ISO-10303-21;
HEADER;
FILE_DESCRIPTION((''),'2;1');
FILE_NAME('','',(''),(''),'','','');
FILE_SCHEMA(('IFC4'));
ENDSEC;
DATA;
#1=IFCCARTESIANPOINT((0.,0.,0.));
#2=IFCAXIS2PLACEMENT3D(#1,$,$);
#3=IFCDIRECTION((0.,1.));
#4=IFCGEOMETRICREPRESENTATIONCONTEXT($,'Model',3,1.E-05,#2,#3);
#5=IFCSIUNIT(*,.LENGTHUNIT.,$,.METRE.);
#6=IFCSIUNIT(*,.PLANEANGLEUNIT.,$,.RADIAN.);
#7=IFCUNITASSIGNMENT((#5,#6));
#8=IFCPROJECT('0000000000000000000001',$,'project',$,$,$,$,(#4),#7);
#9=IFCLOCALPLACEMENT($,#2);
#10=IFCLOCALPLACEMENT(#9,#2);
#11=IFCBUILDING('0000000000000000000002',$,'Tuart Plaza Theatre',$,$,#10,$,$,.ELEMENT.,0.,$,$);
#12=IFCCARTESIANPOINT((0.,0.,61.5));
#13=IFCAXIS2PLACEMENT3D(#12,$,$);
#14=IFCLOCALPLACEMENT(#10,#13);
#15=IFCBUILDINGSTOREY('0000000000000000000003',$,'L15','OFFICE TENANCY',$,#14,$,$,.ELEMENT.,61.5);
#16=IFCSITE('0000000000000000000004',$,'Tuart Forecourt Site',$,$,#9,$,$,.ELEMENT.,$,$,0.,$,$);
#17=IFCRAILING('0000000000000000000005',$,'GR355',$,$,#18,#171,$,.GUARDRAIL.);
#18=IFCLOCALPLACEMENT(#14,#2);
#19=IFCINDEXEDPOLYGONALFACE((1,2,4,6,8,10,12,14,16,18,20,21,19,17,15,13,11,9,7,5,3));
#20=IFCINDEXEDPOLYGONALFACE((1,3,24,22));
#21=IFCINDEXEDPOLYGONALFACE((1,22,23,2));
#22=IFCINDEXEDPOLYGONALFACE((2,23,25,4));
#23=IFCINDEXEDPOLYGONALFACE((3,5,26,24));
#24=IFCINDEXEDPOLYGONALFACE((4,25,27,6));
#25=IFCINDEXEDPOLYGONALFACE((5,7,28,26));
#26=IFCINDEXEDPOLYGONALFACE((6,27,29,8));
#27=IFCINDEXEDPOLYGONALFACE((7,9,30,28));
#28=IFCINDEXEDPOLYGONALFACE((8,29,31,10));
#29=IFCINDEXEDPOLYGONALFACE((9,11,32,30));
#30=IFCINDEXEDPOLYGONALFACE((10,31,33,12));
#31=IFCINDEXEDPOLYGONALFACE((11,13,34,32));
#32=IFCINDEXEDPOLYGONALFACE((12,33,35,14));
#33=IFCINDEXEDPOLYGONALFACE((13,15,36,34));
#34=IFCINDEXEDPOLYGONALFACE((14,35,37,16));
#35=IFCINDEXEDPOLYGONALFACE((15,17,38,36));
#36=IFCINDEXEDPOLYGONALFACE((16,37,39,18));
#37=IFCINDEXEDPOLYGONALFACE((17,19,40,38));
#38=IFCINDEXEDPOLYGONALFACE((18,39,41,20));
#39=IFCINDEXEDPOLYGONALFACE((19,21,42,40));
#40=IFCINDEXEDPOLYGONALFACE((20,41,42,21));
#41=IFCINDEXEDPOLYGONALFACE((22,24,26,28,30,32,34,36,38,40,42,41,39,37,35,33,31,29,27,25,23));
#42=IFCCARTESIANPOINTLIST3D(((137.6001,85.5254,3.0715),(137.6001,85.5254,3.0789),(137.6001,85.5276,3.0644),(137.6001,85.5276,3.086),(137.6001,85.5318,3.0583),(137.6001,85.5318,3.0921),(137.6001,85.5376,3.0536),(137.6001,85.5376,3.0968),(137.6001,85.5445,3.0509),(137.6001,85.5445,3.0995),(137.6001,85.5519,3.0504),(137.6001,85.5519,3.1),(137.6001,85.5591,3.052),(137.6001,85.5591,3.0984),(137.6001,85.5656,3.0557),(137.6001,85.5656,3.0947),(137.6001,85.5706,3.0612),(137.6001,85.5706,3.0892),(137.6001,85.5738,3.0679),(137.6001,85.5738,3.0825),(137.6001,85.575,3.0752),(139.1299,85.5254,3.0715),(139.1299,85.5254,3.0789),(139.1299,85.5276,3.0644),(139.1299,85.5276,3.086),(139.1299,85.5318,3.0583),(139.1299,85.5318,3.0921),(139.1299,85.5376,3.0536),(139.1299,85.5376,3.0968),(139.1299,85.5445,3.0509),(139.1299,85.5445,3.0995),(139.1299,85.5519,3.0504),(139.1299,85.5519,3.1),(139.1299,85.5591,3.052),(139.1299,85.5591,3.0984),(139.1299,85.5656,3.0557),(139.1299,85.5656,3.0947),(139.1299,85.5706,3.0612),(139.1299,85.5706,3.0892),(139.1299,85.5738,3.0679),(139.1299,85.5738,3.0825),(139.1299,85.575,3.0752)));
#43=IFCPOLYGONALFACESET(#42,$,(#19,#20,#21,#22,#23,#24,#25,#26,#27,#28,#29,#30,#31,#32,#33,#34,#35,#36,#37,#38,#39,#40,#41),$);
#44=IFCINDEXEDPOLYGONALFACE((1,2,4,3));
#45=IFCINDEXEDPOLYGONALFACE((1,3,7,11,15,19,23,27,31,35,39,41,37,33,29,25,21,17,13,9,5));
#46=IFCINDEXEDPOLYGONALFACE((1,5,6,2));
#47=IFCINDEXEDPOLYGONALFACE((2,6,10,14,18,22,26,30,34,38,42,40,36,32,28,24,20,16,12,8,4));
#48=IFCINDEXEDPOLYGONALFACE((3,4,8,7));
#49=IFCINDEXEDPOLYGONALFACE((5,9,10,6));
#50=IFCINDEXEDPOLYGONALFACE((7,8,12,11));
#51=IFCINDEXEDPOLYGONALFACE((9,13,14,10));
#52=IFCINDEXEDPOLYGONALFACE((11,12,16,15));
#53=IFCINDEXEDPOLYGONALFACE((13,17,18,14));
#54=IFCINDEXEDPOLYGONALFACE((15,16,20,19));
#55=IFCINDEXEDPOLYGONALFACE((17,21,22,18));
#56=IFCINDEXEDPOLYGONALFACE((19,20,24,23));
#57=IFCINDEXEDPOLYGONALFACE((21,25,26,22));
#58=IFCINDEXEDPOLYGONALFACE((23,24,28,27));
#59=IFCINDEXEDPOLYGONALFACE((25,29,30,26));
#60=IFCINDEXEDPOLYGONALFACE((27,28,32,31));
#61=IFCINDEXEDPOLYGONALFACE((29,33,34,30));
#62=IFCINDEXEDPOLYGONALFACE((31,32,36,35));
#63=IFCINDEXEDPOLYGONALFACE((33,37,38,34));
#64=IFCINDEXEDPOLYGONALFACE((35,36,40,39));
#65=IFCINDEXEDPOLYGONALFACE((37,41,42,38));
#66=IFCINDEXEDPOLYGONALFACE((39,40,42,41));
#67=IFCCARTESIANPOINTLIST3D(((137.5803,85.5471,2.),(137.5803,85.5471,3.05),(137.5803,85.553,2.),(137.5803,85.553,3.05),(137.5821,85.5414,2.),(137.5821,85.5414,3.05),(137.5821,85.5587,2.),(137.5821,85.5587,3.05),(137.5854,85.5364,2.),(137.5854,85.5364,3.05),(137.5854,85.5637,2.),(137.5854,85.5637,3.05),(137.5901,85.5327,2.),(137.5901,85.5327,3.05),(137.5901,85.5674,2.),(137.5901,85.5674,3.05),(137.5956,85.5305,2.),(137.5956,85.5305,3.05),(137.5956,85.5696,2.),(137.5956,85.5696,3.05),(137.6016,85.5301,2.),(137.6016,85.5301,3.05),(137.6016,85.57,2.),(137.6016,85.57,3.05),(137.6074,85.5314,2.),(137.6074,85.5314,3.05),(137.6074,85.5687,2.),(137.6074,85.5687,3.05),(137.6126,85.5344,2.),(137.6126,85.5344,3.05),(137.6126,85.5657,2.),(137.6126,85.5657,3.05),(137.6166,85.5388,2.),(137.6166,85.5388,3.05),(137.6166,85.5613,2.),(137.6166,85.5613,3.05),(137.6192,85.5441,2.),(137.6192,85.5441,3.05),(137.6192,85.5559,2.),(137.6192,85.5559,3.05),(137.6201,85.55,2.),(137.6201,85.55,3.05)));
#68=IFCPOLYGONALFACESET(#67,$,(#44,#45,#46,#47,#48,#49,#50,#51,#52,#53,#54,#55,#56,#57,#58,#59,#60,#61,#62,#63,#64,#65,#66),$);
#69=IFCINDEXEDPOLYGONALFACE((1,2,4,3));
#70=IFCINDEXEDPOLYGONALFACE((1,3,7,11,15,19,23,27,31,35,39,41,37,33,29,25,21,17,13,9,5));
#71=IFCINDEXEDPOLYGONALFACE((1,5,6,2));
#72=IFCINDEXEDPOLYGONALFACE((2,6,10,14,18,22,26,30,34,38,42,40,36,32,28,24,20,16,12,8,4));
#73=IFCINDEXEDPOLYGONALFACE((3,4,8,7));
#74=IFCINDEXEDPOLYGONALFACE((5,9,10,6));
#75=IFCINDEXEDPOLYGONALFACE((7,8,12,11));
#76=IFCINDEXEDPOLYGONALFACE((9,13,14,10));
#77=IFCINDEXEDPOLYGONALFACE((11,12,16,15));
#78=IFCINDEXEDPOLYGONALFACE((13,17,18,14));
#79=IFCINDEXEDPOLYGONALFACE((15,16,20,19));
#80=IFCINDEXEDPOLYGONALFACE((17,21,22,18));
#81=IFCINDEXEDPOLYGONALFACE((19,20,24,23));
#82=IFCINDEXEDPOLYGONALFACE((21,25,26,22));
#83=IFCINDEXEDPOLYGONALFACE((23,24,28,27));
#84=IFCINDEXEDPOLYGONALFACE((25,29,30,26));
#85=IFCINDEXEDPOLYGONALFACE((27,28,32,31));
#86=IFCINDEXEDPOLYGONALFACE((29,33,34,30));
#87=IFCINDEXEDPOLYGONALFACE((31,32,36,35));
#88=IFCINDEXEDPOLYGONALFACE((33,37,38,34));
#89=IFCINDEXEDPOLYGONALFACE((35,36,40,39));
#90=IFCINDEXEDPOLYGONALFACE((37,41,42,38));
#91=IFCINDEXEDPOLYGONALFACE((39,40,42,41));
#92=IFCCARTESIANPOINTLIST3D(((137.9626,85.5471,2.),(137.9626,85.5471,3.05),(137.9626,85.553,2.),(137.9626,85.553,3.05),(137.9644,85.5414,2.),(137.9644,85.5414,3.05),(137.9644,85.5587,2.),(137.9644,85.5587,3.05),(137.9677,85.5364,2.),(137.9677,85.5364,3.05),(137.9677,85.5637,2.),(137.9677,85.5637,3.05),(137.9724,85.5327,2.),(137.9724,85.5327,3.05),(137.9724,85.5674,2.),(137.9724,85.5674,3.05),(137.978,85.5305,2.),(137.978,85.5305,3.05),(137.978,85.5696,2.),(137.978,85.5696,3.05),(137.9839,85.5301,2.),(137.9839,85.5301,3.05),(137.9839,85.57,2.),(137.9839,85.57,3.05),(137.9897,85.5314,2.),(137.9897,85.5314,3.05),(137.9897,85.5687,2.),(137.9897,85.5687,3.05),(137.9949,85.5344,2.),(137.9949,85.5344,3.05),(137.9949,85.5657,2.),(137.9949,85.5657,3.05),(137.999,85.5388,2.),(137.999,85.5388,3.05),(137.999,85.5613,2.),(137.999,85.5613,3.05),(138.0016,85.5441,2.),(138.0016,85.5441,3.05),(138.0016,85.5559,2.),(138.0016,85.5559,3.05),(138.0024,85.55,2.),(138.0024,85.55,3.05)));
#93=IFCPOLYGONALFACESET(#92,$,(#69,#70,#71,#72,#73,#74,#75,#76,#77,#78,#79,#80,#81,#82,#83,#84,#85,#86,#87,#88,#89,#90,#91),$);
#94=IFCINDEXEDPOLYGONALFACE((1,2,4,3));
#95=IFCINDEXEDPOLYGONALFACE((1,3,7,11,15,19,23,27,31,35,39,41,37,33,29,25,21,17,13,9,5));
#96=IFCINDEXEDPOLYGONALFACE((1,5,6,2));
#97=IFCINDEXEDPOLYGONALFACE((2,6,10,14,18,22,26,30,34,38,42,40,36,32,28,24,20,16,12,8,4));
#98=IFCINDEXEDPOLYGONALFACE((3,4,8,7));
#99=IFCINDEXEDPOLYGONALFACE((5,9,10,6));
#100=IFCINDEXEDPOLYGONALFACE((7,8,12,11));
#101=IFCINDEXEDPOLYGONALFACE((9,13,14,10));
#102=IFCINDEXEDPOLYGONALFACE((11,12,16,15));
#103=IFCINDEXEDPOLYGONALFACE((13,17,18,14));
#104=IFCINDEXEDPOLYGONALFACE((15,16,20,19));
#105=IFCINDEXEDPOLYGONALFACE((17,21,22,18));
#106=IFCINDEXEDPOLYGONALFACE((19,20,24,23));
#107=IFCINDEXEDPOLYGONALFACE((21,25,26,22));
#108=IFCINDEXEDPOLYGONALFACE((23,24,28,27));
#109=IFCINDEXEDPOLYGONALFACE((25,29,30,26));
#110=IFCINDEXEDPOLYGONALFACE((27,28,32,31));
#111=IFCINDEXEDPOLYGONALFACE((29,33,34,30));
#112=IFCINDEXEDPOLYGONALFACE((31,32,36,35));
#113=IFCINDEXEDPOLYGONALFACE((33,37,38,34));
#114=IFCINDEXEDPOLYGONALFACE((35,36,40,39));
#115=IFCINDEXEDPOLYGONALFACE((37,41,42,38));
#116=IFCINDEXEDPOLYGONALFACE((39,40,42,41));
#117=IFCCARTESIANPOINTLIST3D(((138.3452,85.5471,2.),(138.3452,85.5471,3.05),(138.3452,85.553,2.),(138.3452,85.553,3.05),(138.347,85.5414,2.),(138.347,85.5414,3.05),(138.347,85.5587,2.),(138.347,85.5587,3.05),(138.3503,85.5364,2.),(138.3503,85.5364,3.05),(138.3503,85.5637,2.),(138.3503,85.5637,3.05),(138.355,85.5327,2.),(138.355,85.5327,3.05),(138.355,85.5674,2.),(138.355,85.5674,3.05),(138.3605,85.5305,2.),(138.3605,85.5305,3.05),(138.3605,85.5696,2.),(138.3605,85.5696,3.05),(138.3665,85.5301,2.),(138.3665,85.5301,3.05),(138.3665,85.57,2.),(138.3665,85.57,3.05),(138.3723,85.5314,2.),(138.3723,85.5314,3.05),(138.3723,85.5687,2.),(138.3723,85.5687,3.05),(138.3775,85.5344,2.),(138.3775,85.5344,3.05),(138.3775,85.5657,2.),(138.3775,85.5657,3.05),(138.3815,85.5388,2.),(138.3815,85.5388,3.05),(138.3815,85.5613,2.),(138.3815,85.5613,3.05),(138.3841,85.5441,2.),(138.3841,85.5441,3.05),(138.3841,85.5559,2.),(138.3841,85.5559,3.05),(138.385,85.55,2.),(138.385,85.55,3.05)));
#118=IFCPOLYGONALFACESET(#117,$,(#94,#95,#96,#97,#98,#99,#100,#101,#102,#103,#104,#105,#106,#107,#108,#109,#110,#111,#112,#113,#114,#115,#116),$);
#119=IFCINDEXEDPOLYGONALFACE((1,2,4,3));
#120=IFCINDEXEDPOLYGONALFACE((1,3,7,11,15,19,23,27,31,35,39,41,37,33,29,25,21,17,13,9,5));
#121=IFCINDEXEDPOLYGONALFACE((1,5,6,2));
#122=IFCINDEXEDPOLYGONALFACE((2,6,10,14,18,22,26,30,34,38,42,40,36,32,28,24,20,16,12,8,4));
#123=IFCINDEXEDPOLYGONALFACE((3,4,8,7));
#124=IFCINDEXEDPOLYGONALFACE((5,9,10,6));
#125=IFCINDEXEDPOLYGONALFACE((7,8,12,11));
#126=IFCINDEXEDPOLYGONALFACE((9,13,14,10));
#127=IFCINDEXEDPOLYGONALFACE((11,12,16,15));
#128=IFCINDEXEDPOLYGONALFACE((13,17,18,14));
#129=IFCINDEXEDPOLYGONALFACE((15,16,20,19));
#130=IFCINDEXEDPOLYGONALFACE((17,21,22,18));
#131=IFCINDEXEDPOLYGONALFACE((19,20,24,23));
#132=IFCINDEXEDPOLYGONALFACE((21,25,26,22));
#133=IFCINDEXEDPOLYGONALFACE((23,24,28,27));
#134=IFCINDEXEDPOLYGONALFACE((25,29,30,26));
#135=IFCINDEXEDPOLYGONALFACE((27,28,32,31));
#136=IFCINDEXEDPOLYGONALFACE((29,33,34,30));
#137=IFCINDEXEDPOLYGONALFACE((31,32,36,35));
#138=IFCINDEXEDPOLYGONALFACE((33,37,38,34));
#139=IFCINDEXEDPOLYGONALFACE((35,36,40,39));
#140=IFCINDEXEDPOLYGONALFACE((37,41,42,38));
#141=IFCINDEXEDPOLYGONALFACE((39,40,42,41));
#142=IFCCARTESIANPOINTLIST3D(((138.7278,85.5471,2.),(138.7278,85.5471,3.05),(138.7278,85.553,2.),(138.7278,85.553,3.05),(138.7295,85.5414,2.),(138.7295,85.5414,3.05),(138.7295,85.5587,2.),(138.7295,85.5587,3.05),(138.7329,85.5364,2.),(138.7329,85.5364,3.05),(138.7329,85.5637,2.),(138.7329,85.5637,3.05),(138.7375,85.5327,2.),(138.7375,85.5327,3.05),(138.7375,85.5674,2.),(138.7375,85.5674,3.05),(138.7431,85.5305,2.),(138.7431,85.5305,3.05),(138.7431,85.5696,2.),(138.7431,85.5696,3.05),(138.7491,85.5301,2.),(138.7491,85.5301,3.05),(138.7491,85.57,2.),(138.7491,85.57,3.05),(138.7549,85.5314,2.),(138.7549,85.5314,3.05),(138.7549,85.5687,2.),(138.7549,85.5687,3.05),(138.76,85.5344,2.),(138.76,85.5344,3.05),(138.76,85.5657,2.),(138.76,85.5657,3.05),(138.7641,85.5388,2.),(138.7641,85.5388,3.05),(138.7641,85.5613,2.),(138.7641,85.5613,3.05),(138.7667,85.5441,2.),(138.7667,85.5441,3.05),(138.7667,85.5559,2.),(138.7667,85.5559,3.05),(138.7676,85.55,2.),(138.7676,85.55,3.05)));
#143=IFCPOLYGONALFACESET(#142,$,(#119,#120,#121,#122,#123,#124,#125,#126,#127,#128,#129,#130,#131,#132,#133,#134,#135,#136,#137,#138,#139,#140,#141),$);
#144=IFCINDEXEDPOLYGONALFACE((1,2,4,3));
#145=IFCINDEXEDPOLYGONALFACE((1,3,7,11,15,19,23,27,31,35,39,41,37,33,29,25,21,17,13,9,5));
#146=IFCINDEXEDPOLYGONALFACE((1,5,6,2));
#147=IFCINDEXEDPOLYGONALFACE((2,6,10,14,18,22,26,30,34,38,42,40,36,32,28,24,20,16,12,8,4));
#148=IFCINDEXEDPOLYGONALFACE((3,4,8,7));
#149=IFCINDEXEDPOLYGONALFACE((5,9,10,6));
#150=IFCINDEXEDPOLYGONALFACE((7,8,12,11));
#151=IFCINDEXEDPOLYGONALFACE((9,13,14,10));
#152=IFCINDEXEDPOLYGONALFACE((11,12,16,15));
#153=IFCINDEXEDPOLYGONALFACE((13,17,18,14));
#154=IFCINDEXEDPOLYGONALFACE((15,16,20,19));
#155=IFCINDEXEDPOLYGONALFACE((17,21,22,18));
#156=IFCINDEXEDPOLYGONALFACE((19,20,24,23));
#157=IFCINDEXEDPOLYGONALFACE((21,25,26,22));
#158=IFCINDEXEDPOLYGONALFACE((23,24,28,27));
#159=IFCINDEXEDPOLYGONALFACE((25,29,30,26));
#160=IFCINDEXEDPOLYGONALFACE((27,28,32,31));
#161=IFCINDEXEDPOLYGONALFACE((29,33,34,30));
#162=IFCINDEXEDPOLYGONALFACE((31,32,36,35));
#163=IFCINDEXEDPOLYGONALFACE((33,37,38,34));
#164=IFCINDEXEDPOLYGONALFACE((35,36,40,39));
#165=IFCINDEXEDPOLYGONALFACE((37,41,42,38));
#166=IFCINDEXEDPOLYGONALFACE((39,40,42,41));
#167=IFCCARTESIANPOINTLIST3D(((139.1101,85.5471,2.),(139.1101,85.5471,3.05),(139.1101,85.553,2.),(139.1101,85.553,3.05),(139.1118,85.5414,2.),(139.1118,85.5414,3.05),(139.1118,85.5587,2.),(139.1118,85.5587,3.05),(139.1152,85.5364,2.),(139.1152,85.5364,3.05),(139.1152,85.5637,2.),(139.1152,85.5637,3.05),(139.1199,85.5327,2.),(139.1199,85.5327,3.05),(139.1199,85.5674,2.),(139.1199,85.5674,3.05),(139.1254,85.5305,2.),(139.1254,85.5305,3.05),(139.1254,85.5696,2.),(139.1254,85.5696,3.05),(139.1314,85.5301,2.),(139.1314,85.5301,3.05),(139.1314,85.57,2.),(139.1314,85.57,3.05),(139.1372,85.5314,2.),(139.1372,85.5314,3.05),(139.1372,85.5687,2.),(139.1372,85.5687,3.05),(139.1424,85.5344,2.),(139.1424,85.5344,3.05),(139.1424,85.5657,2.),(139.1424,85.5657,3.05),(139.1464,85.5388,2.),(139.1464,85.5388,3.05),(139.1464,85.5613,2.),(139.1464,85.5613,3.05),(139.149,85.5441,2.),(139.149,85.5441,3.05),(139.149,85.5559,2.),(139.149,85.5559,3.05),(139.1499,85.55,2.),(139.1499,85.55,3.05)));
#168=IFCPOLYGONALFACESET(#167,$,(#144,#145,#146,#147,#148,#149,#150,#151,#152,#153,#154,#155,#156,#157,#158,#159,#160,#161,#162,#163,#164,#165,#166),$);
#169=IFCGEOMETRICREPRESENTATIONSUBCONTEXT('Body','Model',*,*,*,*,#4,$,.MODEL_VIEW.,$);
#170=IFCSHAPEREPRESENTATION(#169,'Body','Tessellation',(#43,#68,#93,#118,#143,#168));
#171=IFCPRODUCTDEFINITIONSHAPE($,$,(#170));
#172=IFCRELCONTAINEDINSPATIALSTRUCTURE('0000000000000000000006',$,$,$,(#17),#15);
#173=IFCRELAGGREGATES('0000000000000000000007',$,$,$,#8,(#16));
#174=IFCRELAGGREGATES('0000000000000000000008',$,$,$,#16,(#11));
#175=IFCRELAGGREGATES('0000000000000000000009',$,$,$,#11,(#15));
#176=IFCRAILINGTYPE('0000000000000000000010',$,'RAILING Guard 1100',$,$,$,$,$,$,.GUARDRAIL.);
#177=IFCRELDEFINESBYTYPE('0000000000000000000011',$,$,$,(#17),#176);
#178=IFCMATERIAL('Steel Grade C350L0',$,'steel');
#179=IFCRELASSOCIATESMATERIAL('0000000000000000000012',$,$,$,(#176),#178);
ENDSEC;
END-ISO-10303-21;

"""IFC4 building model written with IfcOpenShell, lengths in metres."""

from ifc_helpers import new_model, si_unit, direction, frame, origin, origin_2d, place, context, subcontext, project, spatial, circle, extrude, material, type_object, element, save


model = new_model("IFC4")

# Units and contexts
model_context = context("Model", 3, precision=1e-05, world=origin(), true_north=direction((0.0, 1.0)))
body_context = subcontext(model_context, "Body", "Model", "MODEL_VIEW")
ifc_project = project(units=[si_unit("LENGTHUNIT", "METRE"), si_unit("PLANEANGLEUNIT", "RADIAN")], contexts=[model_context])

# Site, building, storey
site_placement = place(None, origin())
site = spatial("IfcSite", under=ifc_project, at=site_placement, Name="Tuart Forecourt Site", CompositionType="ELEMENT", RefElevation=0.0)
building_placement = place(site_placement, origin())
building = spatial("IfcBuilding", under=site, at=building_placement, Name="Tuart Plaza Theatre", CompositionType="ELEMENT", ElevationOfRefHeight=0.0)
storey_placement = place(building_placement, frame((0.0, 0.0, 61.5)))
storey = spatial("IfcBuildingStorey", under=building, at=storey_placement, Name="L15", Description="OFFICE TENANCY", CompositionType="ELEMENT", Elevation=61.5)

# Railing
ifc_material_1 = material(Name="Steel Grade C350L0", Category="steel")
railing_type_1 = type_object("IfcRailingType", Name="RAILING Guard 1100", PredefinedType="GUARDRAIL", material=ifc_material_1)
railing_1_placement = place(storey_placement, frame((137.6001, 85.55, 2.0)))
element("IfcRailing", 1, at=railing_1_placement, inside=storey, type_object=railing_type_1, Name="GR355", PredefinedType="GUARDRAIL", context=body_context, shape_type="SweptSolid", body=[
    extrude(circle(Radius=0.0249, at=origin_2d()), frame((0.0, 0.0, 1.0752), z_axis=(1.0, 0.0, 0.0), x_axis=(0.0, 1.0, 0.0)), (0.0, 0.0, 1.0), 1.5298),
    extrude(circle(Radius=0.02, at=origin_2d()), origin(), (0.0, 0.0, 1.0), 1.05),
    extrude(circle(Radius=0.02, at=origin_2d()), frame((0.3823, 0.0, 0.0)), (0.0, 0.0, 1.0), 1.05),
    extrude(circle(Radius=0.02, at=origin_2d()), frame((0.7649, 0.0, 0.0)), (0.0, 0.0, 1.0), 1.05),
    extrude(circle(Radius=0.02, at=origin_2d()), frame((1.1475, 0.0, 0.0)), (0.0, 0.0, 1.0), 1.05),
    extrude(circle(Radius=0.02, at=origin_2d()), frame((1.5298, 0.0, 0.0)), (0.0, 0.0, 1.0), 1.05),
])

save(model, "model.ifc")
